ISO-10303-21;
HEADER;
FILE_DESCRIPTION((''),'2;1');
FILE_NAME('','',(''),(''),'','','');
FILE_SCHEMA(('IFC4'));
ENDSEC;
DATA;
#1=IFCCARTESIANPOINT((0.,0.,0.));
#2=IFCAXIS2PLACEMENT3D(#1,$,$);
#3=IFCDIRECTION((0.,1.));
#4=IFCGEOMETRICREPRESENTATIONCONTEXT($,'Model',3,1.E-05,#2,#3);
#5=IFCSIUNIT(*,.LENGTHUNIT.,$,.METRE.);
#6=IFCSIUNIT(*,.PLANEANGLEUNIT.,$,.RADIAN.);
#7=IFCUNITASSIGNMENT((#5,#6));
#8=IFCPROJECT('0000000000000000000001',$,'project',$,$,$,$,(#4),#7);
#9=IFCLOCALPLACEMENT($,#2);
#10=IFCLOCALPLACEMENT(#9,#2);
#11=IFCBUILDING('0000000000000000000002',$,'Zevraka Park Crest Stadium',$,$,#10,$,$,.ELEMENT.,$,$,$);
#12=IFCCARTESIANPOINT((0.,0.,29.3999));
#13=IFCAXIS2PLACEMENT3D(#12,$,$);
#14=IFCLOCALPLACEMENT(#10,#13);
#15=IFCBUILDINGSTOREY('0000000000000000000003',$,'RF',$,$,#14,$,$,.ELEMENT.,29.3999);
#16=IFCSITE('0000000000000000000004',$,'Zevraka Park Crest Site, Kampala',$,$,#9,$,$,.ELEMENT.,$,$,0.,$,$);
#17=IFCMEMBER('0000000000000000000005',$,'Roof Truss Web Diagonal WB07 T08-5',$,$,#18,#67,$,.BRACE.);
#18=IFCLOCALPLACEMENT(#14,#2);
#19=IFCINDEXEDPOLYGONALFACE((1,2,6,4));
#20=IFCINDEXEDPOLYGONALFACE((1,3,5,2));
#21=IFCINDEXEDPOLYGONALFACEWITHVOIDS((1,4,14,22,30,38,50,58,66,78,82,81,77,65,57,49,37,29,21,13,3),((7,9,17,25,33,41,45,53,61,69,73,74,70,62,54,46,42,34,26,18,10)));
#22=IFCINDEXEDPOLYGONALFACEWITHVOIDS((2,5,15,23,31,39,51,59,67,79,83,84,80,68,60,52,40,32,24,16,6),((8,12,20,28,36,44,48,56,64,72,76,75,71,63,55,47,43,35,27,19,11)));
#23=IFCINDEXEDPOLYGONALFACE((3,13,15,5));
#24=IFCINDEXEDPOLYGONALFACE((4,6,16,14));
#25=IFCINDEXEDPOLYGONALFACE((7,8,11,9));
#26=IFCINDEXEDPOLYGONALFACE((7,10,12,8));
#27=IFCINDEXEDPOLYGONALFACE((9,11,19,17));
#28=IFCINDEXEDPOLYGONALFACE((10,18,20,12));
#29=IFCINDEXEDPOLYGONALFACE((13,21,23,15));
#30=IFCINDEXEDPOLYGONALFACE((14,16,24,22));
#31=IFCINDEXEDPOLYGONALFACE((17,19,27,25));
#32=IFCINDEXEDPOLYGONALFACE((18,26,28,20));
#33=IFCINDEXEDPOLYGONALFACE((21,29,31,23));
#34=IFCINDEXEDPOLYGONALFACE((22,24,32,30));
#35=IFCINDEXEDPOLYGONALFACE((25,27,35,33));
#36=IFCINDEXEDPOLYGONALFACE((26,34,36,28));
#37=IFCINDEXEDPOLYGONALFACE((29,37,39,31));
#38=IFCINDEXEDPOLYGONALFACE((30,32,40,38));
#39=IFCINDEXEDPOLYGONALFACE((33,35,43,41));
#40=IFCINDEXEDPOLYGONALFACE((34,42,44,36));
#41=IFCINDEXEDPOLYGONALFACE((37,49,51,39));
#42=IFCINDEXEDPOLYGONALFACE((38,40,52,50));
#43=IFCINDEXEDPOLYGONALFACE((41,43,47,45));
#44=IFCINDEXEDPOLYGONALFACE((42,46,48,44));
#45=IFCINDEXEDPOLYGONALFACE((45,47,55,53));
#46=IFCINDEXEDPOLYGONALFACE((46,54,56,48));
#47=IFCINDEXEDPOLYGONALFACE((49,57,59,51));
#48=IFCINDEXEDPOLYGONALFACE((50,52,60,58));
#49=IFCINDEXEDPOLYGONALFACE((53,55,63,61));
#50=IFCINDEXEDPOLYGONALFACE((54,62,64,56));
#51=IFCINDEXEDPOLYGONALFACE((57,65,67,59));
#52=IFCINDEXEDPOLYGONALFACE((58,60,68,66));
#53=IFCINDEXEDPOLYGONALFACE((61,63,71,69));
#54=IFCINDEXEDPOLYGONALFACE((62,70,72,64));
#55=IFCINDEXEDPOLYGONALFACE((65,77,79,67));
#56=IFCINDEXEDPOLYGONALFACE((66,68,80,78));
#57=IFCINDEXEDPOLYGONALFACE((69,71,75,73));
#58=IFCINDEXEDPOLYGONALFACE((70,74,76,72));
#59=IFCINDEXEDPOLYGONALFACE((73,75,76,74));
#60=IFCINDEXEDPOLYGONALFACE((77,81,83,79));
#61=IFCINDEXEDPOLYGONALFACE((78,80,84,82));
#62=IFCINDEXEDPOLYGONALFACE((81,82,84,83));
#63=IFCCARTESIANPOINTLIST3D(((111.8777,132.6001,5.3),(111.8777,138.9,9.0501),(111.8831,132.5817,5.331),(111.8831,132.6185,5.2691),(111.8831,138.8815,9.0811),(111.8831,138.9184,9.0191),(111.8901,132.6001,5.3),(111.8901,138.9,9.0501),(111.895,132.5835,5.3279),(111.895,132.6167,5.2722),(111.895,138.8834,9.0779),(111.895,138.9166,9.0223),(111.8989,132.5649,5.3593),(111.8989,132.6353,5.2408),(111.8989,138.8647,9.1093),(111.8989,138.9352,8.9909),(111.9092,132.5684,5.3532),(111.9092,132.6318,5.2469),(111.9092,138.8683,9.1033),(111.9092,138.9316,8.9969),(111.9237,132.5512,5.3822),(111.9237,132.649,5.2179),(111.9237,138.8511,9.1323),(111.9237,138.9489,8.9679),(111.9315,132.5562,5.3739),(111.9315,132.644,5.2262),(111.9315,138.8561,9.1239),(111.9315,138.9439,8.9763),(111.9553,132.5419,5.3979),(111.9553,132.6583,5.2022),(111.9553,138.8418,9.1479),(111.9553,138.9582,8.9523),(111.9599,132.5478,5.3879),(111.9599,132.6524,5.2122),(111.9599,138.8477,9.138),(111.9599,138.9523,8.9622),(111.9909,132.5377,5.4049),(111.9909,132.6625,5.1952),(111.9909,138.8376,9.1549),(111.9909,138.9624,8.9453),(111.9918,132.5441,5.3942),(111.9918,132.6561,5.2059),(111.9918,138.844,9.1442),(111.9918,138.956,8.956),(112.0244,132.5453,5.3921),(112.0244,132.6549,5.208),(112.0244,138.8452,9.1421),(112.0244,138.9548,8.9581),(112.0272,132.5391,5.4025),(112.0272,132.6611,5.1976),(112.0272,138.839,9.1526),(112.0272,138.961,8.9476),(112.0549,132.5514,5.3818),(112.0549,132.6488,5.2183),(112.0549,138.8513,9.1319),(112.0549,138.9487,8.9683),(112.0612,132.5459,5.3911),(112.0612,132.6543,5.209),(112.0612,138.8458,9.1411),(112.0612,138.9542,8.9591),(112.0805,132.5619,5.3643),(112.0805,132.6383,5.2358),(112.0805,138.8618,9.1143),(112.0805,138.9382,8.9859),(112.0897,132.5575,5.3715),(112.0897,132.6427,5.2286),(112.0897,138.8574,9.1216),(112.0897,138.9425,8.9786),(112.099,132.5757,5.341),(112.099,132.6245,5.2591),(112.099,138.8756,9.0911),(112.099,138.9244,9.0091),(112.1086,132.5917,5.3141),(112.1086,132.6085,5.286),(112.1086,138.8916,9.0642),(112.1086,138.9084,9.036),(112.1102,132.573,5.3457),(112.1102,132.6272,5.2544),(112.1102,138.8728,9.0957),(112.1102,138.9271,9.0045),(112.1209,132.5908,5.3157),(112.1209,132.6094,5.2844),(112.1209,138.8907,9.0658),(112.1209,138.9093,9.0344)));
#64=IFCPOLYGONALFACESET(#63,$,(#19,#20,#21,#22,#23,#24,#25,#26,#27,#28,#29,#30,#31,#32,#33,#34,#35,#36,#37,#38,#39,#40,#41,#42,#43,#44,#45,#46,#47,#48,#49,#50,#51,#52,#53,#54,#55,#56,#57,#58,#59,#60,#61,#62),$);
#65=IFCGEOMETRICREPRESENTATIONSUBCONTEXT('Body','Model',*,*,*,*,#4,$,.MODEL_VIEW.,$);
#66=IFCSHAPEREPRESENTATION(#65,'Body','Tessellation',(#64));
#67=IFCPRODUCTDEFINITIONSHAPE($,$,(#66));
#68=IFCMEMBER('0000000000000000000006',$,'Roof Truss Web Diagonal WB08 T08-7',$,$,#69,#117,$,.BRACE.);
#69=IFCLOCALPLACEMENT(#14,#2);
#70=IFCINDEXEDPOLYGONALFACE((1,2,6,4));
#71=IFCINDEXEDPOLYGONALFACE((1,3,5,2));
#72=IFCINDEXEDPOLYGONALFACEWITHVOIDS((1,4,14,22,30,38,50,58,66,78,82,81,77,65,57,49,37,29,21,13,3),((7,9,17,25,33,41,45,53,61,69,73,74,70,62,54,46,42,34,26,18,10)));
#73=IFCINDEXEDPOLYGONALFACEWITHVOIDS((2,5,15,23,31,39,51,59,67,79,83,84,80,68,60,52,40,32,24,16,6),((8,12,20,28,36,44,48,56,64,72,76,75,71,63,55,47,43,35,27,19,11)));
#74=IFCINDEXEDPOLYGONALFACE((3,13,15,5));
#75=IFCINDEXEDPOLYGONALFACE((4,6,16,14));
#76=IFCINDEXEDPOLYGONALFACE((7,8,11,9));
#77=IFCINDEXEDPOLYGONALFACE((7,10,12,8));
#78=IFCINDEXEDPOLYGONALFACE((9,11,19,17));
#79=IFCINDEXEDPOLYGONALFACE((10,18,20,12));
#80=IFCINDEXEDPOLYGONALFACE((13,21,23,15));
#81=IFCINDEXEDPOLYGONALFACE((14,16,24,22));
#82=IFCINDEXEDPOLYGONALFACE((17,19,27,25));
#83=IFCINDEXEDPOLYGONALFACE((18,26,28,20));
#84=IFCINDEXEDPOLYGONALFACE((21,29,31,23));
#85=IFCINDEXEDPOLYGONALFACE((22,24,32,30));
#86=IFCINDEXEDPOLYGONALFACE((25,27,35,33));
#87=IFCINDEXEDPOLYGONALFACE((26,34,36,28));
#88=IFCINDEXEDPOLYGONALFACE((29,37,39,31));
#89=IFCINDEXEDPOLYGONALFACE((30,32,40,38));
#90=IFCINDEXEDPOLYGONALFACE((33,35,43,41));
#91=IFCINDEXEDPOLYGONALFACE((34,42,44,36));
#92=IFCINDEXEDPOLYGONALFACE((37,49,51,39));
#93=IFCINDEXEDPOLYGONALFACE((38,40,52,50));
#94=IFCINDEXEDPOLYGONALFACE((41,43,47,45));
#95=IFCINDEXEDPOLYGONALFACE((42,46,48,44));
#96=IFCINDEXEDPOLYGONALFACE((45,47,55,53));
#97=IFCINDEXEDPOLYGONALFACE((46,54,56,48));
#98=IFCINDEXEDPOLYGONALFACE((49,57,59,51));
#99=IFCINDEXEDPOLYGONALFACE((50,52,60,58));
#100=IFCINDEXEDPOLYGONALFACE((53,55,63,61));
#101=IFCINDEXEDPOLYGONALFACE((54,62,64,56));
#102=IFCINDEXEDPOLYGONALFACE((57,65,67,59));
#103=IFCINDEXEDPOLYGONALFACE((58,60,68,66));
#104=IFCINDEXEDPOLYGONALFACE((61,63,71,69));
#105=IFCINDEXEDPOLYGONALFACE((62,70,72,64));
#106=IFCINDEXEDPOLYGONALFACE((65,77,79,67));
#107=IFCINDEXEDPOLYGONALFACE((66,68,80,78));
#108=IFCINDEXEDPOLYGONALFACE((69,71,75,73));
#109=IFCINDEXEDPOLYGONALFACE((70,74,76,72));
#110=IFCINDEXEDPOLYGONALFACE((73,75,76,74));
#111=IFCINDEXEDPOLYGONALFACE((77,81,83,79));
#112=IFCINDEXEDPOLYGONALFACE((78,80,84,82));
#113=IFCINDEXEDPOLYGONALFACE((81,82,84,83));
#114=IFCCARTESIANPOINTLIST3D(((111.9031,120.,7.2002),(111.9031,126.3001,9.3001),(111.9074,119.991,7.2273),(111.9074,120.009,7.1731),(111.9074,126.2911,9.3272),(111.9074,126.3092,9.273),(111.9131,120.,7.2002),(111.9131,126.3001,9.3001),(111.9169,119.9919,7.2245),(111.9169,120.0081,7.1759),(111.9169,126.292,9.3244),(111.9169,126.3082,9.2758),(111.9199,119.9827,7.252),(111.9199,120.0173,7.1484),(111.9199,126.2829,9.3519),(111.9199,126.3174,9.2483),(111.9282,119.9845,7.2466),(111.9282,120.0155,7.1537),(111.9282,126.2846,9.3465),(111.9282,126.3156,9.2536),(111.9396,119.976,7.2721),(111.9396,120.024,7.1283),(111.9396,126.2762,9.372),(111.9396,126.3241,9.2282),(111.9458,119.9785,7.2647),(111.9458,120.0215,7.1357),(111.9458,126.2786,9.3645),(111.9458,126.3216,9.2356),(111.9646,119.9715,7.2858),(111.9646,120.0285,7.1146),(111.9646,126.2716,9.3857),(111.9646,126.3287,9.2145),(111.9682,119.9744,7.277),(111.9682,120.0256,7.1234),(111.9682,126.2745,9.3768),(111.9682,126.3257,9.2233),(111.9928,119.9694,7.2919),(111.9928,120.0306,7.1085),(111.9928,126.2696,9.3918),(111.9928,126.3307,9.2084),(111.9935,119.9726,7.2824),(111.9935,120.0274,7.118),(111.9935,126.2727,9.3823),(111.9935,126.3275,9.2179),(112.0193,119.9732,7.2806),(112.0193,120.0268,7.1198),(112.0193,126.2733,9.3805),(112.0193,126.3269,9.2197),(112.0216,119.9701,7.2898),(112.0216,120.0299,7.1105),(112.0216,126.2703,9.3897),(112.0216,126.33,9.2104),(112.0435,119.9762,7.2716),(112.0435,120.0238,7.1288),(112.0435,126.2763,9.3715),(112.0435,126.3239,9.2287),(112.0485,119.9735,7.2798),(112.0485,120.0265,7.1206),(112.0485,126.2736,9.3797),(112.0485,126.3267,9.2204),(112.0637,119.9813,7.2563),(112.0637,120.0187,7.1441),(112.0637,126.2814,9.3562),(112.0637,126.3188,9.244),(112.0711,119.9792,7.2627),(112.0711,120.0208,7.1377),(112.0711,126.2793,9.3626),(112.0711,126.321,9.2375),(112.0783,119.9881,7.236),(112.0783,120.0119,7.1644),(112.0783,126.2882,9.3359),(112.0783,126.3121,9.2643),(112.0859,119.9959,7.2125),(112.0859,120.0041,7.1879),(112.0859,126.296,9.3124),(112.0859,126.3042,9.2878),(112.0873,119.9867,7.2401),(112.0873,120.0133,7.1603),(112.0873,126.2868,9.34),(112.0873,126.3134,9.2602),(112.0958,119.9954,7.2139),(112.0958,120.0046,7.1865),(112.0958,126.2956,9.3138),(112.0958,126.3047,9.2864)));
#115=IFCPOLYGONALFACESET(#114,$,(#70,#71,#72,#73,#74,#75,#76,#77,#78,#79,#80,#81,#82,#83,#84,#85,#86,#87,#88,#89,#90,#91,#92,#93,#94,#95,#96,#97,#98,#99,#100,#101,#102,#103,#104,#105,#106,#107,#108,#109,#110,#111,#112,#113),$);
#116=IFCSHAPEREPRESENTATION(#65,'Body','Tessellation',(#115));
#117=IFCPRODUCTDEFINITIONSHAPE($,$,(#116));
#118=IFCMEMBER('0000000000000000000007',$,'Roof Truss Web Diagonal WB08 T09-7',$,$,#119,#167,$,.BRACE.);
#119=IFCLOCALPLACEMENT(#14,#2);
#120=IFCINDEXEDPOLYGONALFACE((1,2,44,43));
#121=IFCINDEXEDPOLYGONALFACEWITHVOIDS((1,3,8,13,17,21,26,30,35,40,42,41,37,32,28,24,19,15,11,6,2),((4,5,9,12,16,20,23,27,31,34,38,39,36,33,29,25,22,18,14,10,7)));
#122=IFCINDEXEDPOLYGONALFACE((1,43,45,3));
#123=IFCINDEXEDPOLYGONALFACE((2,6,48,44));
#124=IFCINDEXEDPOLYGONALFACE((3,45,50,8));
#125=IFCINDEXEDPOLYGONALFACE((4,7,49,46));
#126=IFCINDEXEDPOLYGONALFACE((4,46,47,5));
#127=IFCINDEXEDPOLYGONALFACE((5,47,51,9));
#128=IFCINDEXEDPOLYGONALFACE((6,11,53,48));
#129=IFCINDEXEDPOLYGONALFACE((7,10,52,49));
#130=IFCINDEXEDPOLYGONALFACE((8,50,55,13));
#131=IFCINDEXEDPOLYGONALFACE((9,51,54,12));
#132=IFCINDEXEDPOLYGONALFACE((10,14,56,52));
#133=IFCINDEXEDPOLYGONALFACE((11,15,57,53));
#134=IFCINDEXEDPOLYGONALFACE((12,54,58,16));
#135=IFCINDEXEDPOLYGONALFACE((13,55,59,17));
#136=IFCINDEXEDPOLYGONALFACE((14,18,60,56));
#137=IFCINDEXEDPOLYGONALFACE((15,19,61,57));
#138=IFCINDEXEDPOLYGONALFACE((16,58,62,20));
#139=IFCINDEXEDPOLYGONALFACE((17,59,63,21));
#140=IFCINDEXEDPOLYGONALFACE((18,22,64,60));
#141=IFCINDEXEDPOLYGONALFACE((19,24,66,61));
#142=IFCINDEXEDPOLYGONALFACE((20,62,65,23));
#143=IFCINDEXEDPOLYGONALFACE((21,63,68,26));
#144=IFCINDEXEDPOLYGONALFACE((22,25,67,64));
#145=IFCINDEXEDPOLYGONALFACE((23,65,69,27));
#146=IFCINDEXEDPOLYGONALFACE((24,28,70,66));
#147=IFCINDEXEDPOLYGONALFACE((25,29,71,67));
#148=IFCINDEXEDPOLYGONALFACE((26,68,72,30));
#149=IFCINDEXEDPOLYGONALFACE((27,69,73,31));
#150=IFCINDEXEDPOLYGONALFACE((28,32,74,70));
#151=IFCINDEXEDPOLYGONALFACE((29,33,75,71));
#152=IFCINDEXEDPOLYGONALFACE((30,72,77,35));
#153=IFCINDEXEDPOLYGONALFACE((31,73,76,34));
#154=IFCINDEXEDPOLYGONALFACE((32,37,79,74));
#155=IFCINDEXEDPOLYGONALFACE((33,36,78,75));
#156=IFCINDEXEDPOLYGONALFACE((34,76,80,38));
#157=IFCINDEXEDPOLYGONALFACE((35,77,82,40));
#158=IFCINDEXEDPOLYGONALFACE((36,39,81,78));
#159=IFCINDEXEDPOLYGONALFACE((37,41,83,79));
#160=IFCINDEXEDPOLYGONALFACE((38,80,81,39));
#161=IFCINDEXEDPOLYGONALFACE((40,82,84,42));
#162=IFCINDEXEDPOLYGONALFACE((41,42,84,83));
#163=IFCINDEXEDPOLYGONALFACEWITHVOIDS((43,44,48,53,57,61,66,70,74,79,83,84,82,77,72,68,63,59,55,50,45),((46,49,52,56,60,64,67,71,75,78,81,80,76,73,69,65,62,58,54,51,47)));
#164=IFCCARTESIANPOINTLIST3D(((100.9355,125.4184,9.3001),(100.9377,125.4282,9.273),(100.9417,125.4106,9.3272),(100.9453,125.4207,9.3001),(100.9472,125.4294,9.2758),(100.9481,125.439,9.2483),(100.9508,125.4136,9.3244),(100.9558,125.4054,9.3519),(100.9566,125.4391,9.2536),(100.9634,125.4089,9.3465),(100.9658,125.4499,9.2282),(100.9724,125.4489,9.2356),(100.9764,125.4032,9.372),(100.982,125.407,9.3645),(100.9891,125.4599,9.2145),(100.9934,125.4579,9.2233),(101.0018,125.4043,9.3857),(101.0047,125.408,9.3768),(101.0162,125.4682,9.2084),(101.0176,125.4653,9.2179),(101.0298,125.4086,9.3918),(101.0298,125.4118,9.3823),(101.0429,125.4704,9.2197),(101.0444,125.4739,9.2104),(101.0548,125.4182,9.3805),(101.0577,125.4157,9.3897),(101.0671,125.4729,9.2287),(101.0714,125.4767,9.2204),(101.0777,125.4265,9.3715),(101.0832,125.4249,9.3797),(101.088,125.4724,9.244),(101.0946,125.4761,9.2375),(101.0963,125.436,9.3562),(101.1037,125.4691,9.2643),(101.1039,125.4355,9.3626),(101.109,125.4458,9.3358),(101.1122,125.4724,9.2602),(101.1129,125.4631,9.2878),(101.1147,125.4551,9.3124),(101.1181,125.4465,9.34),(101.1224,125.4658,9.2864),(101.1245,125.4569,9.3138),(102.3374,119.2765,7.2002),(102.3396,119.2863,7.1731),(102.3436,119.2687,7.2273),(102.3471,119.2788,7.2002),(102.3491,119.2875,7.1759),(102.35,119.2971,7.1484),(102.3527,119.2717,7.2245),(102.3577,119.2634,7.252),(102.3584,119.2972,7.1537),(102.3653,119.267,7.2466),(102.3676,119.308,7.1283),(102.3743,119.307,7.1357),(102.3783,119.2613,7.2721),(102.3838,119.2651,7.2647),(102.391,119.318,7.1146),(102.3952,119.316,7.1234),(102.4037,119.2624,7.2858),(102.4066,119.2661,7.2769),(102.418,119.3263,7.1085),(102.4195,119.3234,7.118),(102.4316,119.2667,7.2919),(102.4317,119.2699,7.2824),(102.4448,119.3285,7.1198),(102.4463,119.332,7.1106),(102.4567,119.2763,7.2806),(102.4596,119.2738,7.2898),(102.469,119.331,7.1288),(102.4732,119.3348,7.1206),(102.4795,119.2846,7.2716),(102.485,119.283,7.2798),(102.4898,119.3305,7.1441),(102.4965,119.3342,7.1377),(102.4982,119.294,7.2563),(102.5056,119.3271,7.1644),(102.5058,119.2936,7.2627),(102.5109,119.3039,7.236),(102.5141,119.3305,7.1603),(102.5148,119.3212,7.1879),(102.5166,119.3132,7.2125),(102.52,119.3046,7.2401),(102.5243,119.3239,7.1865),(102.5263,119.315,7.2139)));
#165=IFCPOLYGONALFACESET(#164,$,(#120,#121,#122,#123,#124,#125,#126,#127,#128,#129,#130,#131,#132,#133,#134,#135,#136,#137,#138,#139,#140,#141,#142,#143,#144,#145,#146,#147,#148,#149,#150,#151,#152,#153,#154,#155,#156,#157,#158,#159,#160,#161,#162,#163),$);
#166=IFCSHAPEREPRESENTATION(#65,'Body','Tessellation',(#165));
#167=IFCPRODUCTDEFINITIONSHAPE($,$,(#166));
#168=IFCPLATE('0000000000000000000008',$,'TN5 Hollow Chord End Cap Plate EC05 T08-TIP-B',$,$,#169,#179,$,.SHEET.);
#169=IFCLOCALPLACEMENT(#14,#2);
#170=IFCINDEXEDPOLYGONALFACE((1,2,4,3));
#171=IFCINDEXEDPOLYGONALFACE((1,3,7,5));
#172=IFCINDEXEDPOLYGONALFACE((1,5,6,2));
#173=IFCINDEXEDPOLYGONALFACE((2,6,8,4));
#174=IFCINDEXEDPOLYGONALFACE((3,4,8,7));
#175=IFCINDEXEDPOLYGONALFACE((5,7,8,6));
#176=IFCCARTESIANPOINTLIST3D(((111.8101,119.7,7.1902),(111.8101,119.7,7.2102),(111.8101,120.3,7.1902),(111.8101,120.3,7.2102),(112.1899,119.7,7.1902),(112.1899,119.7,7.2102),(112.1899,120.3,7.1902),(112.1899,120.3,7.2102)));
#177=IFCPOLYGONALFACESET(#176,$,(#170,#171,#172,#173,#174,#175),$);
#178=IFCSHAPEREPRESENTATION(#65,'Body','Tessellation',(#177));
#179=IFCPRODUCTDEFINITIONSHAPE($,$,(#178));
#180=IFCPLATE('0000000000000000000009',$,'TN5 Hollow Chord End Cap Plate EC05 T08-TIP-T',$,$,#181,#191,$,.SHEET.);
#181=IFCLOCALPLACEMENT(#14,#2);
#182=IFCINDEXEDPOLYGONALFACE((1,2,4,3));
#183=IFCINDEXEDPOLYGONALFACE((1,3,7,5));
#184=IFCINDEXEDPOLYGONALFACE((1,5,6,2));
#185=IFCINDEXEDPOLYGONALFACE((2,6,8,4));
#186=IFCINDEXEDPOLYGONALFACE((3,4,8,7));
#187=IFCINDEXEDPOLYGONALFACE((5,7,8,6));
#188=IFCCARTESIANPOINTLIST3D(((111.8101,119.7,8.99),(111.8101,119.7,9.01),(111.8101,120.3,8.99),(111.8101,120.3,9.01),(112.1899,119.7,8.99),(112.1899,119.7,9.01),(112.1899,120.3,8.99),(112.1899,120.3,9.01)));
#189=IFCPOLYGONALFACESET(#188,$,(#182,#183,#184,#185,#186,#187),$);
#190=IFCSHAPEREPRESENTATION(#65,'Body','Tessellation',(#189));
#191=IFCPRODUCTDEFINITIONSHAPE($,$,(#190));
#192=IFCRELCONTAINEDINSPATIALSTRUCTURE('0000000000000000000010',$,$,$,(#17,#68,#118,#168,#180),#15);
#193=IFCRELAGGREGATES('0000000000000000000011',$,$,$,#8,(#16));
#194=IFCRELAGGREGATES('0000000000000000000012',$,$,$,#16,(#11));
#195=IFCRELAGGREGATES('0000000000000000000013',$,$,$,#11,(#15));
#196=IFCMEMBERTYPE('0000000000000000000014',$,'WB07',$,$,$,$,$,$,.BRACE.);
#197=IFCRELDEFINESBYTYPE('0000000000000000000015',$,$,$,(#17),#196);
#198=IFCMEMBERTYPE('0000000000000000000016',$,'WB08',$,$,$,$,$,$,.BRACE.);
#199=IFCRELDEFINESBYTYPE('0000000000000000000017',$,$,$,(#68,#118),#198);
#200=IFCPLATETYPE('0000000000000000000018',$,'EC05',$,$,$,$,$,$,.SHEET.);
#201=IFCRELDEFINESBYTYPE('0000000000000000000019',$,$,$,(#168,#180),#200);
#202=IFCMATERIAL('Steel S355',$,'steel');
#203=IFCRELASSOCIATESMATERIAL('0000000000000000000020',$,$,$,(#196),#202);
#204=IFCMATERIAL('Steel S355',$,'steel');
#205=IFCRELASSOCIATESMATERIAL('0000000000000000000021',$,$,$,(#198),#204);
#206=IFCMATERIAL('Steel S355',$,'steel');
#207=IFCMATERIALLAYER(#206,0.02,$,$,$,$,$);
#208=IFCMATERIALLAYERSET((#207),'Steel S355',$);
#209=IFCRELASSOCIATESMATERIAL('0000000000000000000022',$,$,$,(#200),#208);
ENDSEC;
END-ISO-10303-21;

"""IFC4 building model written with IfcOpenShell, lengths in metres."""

from ifc_helpers import new_model, si_unit, direction, frame, origin, origin_2d, place, context, subcontext, project, spatial, rectangle, hollow_circle, extrude, material, layer, layer_set, material_profile, profile_set, type_object, element, save


model = new_model("IFC4")

# Units and contexts
model_context = context("Model", 3, precision=1e-05, world=origin(), true_north=direction((0.0, 1.0)))
body_context = subcontext(model_context, "Body", "Model", "MODEL_VIEW")
ifc_project = project(units=[si_unit("LENGTHUNIT", "METRE"), si_unit("PLANEANGLEUNIT", "RADIAN")], contexts=[model_context])

# Site, building, storey
site_placement = place(None, origin())
site = spatial("IfcSite", under=ifc_project, at=site_placement, Name="Zevraka Park Crest Site, Kampala", CompositionType="ELEMENT", RefElevation=0.0)
building_placement = place(site_placement, origin())
building = spatial("IfcBuilding", under=site, at=building_placement, Name="Zevraka Park Crest Stadium", CompositionType="ELEMENT")
storey_placement = place(building_placement, frame((0.0, 0.0, 29.3999)))
storey = spatial("IfcBuildingStorey", under=building, at=storey_placement, Name="RF", CompositionType="ELEMENT", Elevation=29.3999)

# Members
ifc_material_1 = material(Name="Steel S355", Category="steel")
ifc_material_profile_1 = material_profile(ifc_material_1, hollow_circle(Radius=0.1223, WallThickness=0.0125, at=origin_2d()), Name="CHS 244.5x12.5")
ifc_profile_set_1 = profile_set([ifc_material_profile_1], Name="Steel S355")
member_type_1 = type_object("IfcMemberType", Name="WB07", PredefinedType="BRACE", material=ifc_profile_set_1)
member_1_placement = place(storey_placement, frame((112.0, 132.6001, 5.3), z_axis=(0.0, 0.859286, 0.511496), x_axis=(-1.0, 0.0, 0.0)))
element("IfcMember", 1, at=member_1_placement, inside=storey, type_object=member_type_1, Name="Roof Truss Web Diagonal WB07 T08-5", PredefinedType="BRACE", context=body_context, shape_type="SweptSolid", body=[
    extrude(hollow_circle(Radius=0.1223, WallThickness=0.0125, at=origin_2d()), origin(), (0.0, 0.0, 1.0), 7.3315),
])
ifc_material_2 = material(Name="Steel S355", Category="steel")
ifc_material_profile_2 = material_profile(ifc_material_2, hollow_circle(Radius=0.0969, WallThickness=0.01, at=origin_2d()), Name="CHS 193.7x10")
ifc_profile_set_2 = profile_set([ifc_material_profile_2], Name="Steel S355")
member_type_2 = type_object("IfcMemberType", Name="WB08", PredefinedType="BRACE", material=ifc_profile_set_2)
member_2_placement = place(storey_placement, frame((112.0, 120.0, 7.2002), z_axis=(0.0, 0.948691, 0.316206), x_axis=(-1.0, 0.0, 0.0)))
element("IfcMember", 2, at=member_2_placement, inside=storey, type_object=member_type_2, Name="Roof Truss Web Diagonal WB08 T08-7", PredefinedType="BRACE", context=body_context, shape_type="SweptSolid", body=[
    extrude(hollow_circle(Radius=0.0969, WallThickness=0.01, at=origin_2d()), origin(), (0.0, 0.0, 1.0), 6.6409),
])
member_3_placement = place(storey_placement, frame((102.4319, 119.2981, 7.2002), z_axis=(-0.211105, 0.924901, 0.316217), x_axis=(-0.974927, -0.222524, 0.0)))
element("IfcMember", 3, at=member_3_placement, inside=storey, type_object=member_type_2, Name="Roof Truss Web Diagonal WB08 T09-7", PredefinedType="BRACE", context=body_context, shape_type="SweptSolid", body=[
    extrude(hollow_circle(Radius=0.0969, WallThickness=0.01, at=origin_2d()), origin(), (0.0, 0.0, 1.0), 6.6406),
])

# Plates
ifc_material_3 = material(Name="Steel S355", Category="steel")
ifc_layer_1 = layer(ifc_material_3, 0.02)
ifc_layer_set_1 = layer_set([ifc_layer_1], Name="Steel S355")
plate_type_1 = type_object("IfcPlateType", Name="EC05", PredefinedType="SHEET", material=ifc_layer_set_1)
for number, where, z_axis, x_axis, name in (
    (4, (112.0, 120.0, 7.1902), (0.0, 0.0, 1.0), (0.0, 1.0, 0.0), "TN5 Hollow Chord End Cap Plate EC05 T08-TIP-B"),
    (5, (112.0, 120.0, 8.99), (0.0, 0.0, 1.0), (0.0, 1.0, 0.0), "TN5 Hollow Chord End Cap Plate EC05 T08-TIP-T"),
):
    element("IfcPlate", number, at=place(storey_placement, frame(where, z_axis=z_axis, x_axis=x_axis)), inside=storey, type_object=plate_type_1, Name=name, PredefinedType="SHEET", context=body_context, shape_type="SweptSolid", body=[
        extrude(rectangle(XDim=0.6001, YDim=0.3799, at=origin_2d()), origin(), (0.0, 0.0, 1.0), 0.02),
    ])

save(model, "model.ifc")
